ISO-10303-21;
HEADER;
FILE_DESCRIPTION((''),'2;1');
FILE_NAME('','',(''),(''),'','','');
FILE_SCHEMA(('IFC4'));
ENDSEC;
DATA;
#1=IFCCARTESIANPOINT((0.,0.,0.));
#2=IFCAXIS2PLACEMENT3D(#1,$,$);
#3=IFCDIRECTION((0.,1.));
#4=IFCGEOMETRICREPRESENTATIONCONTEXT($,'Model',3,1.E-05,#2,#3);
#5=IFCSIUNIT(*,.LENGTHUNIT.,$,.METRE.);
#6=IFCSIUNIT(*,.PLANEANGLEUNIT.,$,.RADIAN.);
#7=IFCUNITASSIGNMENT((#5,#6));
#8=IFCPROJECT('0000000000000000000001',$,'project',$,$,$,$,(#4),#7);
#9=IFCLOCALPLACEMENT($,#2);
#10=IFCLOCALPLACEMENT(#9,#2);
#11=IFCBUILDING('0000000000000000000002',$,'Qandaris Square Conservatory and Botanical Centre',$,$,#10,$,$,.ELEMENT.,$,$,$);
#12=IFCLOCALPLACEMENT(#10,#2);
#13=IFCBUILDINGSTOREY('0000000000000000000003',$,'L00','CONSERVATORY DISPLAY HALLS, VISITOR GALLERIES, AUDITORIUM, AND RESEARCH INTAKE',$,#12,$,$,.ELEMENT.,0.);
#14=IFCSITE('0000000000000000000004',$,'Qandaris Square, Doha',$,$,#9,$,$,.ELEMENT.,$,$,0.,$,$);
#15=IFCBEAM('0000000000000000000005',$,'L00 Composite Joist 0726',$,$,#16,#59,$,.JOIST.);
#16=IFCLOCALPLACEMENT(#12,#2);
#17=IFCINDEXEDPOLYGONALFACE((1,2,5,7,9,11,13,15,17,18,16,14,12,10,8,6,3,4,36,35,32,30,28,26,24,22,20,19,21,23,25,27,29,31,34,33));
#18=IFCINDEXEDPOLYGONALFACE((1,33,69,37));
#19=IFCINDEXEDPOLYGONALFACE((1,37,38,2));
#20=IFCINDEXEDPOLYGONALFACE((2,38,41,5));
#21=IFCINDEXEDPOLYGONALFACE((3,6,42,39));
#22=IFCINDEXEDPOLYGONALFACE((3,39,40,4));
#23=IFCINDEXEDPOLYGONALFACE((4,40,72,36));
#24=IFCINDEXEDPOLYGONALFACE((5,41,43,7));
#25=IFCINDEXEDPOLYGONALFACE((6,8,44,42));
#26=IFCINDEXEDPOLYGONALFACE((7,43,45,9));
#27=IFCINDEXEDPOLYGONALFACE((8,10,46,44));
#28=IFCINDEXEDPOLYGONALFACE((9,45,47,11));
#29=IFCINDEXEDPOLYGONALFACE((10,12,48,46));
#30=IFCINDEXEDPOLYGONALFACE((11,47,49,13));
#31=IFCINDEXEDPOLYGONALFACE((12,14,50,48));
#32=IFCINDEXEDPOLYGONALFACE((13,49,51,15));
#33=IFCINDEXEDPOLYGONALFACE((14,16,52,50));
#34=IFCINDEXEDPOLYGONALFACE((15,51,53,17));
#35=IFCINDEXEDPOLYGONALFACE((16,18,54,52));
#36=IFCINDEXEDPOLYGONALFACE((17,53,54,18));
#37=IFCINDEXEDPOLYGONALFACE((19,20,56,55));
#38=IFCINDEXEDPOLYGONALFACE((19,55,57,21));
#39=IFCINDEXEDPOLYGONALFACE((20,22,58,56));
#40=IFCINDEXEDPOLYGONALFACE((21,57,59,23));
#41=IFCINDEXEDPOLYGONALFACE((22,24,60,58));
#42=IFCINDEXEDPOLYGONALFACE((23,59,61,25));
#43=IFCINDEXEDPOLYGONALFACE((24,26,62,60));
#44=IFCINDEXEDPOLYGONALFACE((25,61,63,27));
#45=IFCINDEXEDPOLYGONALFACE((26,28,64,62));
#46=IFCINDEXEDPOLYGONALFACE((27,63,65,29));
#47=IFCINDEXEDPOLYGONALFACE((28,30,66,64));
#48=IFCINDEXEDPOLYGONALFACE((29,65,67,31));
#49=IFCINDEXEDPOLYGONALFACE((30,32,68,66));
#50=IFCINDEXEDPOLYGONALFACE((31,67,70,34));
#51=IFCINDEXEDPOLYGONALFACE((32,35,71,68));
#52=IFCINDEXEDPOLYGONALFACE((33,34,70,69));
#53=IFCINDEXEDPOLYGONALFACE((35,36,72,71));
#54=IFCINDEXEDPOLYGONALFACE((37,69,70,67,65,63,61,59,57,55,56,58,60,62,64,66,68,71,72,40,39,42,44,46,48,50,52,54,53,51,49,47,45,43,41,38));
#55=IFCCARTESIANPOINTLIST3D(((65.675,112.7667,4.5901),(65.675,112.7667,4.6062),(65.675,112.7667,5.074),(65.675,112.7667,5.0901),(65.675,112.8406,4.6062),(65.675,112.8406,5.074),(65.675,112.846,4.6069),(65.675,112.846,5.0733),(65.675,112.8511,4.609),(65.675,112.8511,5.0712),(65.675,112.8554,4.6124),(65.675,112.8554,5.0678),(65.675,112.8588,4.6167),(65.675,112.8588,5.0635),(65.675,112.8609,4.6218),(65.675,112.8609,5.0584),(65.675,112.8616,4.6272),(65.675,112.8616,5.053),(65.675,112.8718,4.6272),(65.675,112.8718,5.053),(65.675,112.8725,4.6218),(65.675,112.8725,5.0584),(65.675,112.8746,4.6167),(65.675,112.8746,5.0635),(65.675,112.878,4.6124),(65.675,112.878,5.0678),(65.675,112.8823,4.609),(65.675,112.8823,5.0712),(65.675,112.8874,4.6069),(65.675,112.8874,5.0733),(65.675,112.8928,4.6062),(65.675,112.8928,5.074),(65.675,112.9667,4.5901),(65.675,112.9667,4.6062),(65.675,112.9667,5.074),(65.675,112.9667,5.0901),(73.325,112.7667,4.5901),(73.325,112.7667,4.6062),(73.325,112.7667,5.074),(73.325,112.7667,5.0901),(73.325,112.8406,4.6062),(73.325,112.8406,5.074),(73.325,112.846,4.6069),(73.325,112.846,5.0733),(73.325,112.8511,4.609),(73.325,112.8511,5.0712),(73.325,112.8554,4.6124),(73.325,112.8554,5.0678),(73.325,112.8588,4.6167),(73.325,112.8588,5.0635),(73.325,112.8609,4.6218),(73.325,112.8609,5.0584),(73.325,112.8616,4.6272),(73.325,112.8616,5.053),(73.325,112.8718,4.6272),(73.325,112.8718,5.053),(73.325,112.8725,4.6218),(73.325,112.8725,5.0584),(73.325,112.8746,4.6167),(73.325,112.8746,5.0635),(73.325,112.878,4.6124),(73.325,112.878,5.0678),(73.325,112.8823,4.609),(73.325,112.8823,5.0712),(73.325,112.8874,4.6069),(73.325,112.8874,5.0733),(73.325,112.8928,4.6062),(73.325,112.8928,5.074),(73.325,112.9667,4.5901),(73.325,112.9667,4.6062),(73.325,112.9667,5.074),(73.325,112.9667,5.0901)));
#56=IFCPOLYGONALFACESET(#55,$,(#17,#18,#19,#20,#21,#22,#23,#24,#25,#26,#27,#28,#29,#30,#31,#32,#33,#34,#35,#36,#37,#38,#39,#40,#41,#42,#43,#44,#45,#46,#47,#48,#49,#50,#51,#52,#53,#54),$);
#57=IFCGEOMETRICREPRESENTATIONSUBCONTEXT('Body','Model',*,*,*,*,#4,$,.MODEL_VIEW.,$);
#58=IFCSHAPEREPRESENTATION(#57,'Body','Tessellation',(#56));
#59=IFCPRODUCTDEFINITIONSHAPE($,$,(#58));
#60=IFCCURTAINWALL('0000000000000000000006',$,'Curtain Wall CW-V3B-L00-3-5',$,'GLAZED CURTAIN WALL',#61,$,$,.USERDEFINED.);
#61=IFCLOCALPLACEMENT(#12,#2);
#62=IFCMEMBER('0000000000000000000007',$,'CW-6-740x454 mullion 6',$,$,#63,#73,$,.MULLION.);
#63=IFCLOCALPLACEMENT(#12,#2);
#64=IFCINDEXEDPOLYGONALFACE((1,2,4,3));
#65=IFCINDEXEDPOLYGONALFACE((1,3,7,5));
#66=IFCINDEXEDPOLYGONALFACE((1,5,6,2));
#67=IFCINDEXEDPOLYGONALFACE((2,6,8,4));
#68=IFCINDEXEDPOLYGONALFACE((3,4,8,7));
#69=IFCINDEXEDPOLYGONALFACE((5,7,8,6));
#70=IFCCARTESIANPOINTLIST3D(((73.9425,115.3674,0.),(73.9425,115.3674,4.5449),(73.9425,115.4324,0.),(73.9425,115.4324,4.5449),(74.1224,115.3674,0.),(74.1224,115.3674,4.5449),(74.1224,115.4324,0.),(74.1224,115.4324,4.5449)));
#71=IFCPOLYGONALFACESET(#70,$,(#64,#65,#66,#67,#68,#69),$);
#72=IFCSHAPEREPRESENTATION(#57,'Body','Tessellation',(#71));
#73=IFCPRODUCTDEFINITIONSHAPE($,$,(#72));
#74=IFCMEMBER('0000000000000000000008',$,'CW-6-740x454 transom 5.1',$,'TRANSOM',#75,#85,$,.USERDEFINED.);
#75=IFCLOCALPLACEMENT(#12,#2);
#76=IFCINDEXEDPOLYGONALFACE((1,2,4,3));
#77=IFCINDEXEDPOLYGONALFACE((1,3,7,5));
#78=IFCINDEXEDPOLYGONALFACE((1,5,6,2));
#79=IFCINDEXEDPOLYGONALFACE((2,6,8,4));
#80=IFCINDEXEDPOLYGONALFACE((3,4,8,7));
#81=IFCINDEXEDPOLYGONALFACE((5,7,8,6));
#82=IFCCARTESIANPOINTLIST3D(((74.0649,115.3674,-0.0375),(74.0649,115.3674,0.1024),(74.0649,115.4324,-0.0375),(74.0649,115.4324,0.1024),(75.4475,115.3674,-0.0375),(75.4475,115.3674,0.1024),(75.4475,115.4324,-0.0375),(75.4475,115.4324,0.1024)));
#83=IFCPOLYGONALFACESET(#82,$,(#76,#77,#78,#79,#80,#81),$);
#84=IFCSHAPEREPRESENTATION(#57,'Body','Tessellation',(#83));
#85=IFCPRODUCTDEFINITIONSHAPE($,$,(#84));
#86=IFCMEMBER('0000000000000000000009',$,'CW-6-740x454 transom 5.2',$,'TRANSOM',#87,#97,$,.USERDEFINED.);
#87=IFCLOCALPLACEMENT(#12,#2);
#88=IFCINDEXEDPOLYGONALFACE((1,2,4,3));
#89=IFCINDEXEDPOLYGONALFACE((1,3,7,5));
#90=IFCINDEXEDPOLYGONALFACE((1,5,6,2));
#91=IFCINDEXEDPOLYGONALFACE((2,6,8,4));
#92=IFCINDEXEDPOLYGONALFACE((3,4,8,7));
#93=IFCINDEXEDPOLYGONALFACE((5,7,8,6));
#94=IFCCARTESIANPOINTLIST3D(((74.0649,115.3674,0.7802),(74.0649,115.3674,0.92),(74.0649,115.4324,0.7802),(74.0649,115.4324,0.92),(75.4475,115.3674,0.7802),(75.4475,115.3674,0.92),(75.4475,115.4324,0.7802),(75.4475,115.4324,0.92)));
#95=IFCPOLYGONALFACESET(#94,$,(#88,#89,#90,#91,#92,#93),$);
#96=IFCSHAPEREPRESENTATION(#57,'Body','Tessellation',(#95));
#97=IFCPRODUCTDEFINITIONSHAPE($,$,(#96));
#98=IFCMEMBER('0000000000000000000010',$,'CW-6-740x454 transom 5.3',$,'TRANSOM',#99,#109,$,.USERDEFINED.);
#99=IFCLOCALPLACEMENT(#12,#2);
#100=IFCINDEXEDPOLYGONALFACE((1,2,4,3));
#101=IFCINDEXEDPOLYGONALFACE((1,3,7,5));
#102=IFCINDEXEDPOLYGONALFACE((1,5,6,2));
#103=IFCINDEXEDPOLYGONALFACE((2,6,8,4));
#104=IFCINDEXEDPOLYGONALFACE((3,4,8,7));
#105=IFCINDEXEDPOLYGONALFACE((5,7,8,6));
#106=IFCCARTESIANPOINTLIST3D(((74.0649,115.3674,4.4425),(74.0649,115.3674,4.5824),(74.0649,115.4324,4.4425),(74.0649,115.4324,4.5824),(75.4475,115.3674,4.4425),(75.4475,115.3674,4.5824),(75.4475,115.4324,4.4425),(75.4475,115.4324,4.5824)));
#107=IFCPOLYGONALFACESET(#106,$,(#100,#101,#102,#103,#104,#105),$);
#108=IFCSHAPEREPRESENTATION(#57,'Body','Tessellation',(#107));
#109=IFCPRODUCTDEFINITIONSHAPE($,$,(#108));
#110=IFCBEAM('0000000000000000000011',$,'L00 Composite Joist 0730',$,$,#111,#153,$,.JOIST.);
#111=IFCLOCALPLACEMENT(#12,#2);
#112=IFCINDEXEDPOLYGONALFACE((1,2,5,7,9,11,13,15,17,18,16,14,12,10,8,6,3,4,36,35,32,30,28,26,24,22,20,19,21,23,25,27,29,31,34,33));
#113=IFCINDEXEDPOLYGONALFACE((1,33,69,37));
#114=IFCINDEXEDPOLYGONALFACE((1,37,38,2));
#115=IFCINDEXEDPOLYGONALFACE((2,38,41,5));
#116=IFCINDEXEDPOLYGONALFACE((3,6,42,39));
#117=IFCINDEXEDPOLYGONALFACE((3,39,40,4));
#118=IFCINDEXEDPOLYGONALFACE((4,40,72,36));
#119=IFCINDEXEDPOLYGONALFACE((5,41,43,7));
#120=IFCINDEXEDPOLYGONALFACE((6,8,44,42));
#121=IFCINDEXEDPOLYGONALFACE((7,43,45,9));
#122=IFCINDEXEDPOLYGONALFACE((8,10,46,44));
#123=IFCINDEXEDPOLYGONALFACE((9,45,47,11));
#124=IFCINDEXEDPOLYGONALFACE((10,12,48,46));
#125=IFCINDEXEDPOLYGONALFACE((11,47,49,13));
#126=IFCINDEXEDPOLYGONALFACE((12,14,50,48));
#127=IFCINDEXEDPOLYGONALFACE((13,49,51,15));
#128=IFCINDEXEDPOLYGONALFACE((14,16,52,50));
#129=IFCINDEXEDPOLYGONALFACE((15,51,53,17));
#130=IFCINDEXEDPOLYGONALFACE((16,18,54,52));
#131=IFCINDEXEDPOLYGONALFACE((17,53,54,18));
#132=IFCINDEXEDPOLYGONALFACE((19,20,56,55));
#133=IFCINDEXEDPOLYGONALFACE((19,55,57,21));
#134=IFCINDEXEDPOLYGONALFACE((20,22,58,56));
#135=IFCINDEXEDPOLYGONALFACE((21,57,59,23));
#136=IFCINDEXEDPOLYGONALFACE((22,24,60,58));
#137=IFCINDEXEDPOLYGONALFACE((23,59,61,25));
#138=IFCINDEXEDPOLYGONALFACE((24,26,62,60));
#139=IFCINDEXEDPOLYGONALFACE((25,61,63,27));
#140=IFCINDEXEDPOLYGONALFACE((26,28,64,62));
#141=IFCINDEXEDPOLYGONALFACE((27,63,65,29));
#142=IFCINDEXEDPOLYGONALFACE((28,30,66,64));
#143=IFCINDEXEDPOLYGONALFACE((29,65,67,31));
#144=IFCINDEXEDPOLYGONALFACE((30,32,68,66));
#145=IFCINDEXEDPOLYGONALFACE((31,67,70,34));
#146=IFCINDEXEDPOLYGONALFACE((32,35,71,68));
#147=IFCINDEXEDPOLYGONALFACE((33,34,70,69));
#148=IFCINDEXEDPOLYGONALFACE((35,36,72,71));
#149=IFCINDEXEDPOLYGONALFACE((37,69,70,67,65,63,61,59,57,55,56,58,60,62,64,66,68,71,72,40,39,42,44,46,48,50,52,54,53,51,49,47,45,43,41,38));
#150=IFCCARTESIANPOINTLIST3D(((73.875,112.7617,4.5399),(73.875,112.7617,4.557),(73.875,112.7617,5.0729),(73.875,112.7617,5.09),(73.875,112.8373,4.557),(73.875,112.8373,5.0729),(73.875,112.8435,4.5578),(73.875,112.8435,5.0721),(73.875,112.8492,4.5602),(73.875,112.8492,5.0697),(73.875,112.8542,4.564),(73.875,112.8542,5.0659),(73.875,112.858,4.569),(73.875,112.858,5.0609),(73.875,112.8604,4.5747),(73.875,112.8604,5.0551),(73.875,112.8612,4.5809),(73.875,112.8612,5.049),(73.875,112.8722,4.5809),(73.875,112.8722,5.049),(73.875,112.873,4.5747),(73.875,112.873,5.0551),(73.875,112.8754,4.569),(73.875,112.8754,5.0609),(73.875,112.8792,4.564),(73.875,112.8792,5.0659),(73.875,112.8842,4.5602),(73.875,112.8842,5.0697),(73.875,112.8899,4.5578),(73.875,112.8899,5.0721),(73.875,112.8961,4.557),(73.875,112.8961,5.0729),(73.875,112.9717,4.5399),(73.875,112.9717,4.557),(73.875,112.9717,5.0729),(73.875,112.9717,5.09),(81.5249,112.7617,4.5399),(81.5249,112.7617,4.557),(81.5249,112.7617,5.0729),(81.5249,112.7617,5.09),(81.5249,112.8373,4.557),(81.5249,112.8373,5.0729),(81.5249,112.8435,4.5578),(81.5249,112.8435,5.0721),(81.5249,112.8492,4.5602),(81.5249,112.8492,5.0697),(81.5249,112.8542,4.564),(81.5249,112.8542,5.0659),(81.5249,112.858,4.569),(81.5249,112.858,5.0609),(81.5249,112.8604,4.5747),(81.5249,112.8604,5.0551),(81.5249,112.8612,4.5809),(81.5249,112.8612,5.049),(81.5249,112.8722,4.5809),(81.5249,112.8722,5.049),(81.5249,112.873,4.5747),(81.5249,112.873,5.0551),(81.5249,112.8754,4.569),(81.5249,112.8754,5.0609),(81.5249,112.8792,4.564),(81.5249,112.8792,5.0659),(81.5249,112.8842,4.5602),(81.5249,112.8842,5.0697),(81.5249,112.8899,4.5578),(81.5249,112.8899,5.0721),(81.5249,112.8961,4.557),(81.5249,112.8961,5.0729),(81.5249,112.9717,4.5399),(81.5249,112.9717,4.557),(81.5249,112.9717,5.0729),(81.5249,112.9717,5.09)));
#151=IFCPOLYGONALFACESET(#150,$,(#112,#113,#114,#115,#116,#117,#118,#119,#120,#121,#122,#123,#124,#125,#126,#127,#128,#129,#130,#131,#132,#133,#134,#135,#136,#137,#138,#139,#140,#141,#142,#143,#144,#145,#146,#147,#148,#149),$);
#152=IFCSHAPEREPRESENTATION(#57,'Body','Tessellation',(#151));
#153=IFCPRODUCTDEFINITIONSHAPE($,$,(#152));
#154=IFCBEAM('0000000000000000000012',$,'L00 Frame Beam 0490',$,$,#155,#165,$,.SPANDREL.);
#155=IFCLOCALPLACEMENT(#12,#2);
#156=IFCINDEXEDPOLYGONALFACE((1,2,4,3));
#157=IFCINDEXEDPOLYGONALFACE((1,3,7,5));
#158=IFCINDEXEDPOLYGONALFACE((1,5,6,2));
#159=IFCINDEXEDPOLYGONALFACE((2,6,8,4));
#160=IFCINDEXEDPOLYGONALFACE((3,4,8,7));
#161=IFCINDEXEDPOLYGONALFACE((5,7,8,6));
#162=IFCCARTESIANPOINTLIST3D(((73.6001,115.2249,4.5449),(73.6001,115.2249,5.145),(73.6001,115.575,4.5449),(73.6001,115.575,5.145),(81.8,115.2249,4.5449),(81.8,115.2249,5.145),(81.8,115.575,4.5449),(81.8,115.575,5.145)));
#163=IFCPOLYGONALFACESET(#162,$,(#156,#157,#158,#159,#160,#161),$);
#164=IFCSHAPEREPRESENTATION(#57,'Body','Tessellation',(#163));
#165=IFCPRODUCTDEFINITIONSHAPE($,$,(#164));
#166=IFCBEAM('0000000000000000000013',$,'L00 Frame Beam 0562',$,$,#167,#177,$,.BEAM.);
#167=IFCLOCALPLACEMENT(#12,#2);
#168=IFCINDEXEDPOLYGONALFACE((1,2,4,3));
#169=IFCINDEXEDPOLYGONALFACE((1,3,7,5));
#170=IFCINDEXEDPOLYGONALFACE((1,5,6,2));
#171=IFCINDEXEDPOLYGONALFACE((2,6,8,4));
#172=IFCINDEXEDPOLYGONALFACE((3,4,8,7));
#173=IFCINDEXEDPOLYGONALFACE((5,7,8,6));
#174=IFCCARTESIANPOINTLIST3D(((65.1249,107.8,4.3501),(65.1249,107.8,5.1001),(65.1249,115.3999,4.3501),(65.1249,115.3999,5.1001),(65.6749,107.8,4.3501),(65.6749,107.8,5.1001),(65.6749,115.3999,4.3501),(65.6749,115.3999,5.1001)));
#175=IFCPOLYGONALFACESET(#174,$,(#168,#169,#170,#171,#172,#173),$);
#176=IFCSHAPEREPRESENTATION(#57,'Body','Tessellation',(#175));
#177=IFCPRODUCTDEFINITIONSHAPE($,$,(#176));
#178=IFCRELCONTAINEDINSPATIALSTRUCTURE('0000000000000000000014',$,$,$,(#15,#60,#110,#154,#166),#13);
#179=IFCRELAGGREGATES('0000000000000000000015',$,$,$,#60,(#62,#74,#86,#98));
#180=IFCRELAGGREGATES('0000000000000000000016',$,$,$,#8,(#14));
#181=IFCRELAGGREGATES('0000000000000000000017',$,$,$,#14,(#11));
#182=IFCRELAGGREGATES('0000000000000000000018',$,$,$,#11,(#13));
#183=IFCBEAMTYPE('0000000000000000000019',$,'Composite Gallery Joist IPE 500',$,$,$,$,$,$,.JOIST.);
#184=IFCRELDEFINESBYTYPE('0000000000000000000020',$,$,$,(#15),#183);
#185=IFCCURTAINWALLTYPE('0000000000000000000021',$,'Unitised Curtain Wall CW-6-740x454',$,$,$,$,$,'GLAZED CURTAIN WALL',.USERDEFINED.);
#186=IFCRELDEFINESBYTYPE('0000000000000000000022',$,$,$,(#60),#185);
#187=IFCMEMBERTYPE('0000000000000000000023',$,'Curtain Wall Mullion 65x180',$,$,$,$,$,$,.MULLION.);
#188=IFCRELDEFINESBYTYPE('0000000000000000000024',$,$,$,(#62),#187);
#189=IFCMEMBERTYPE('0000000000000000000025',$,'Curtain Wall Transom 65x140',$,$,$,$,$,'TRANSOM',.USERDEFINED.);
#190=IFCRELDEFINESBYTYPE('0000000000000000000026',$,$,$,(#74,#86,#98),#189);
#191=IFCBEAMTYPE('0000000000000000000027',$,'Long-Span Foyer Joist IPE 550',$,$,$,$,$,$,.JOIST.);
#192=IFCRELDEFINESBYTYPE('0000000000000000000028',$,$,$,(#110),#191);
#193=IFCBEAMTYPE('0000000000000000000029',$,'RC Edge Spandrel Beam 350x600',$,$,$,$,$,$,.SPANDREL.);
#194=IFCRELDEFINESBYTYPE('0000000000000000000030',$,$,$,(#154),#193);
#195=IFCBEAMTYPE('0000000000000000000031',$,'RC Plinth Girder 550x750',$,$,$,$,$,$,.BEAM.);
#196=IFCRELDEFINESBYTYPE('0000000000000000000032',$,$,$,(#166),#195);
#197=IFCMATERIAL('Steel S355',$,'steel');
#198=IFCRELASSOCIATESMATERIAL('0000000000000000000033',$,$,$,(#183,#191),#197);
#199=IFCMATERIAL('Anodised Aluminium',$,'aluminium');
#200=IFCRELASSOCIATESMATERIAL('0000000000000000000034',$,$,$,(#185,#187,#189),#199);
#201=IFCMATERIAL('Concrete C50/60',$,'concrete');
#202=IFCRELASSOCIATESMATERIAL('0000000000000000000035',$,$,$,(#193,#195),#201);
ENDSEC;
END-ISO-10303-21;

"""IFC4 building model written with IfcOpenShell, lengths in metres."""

from ifc_helpers import new_model, si_unit, direction, frame, origin, origin_2d, place, context, subcontext, project, spatial, rectangle, i_section, extrude, material, material_profile, profile_set, type_object, element, aggregate, save


model = new_model("IFC4")

# Units and contexts
model_context = context("Model", 3, precision=1e-05, world=origin(), true_north=direction((0.0, 1.0)))
body_context = subcontext(model_context, "Body", "Model", "MODEL_VIEW")
ifc_project = project(units=[si_unit("LENGTHUNIT", "METRE"), si_unit("PLANEANGLEUNIT", "RADIAN")], contexts=[model_context])

# Site, building, storey
site_placement = place(None, origin())
site = spatial("IfcSite", under=ifc_project, at=site_placement, Name="Qandaris Square, Doha", CompositionType="ELEMENT", RefElevation=0.0)
building_placement = place(site_placement, origin())
building = spatial("IfcBuilding", under=site, at=building_placement, Name="Qandaris Square Conservatory and Botanical Centre", CompositionType="ELEMENT")
storey_placement = place(building_placement, origin())
storey = spatial("IfcBuildingStorey", under=building, at=storey_placement, Name="L00", Description="CONSERVATORY DISPLAY HALLS, VISITOR GALLERIES, AUDITORIUM, AND RESEARCH INTAKE", CompositionType="ELEMENT", Elevation=0.0)

# Shared definitions
ifc_material_1 = material(Name="Concrete C50/60", Category="concrete")

# Beam
ifc_material_2 = material(Name="Steel S355", Category="steel")
ifc_material_profile_1 = material_profile(ifc_material_2, i_section(OverallWidth=0.2, OverallDepth=0.5, WebThickness=0.0103, FlangeThickness=0.0161, FilletRadius=0.021, at=origin_2d()), Name="IPE 500")
ifc_profile_set_1 = profile_set([ifc_material_profile_1], Name="Steel S355")
beam_type_1 = type_object("IfcBeamType", Name="Composite Gallery Joist IPE 500", PredefinedType="JOIST", material=ifc_profile_set_1)
beam_1_placement = place(storey_placement, frame((65.675, 112.8667, 4.8401), z_axis=(1.0, 0.0, 0.0), x_axis=(0.0, 1.0, 0.0)))
element("IfcBeam", 1, at=beam_1_placement, inside=storey, type_object=beam_type_1, Name="L00 Composite Joist 0726", PredefinedType="JOIST", context=body_context, shape_type="SweptSolid", body=[
    extrude(i_section(OverallWidth=0.2, OverallDepth=0.5, WebThickness=0.0103, FlangeThickness=0.0161, FilletRadius=0.021, at=origin_2d()), origin(), (0.0, 0.0, 1.0), 7.6499),
])

# Curtain wall, members
ifc_material_3 = material(Name="Anodised Aluminium", Category="aluminium")
curtain_wall_type = type_object("IfcCurtainWallType", Name="Unitised Curtain Wall CW-6-740x454", ElementType="GLAZED CURTAIN WALL", PredefinedType="USERDEFINED", material=ifc_material_3)
curtain_wall_placement = place(storey_placement, origin())
curtain_wall = element("IfcCurtainWall", 2, at=curtain_wall_placement, inside=storey, type_object=curtain_wall_type, Name="Curtain Wall CW-V3B-L00-3-5", ObjectType="GLAZED CURTAIN WALL", PredefinedType="USERDEFINED")
ifc_material_profile_2 = material_profile(ifc_material_3, rectangle(XDim=0.0649, YDim=0.1799, at=origin_2d()), Name="ALU-MUL 65x180")
ifc_profile_set_2 = profile_set([ifc_material_profile_2], Name="Anodised Aluminium")
member_type_1 = type_object("IfcMemberType", Name="Curtain Wall Mullion 65x180", PredefinedType="MULLION", material=ifc_profile_set_2)
member_1_placement = place(storey_placement, frame((74.0325, 115.3999, 0.0), z_axis=(0.0, 0.0, 1.0), x_axis=(0.0, -1.0, 0.0)))
member_1 = element("IfcMember", 3, at=member_1_placement, type_object=member_type_1, Name="CW-6-740x454 mullion 6", PredefinedType="MULLION", context=body_context, shape_type="SweptSolid", body=[
    extrude(rectangle(XDim=0.0649, YDim=0.1799, at=origin_2d()), origin(), (0.0, 0.0, 1.0), 4.5449),
])
ifc_material_profile_3 = material_profile(ifc_material_3, rectangle(XDim=0.0649, YDim=0.1399, at=origin_2d()), Name="ALU-TRN 65x140")
ifc_profile_set_3 = profile_set([ifc_material_profile_3], Name="Anodised Aluminium")
member_type_2 = type_object("IfcMemberType", Name="Curtain Wall Transom 65x140", ElementType="TRANSOM", PredefinedType="USERDEFINED", material=ifc_profile_set_3)
member_2_placement = place(storey_placement, frame((75.4475, 115.3999, 0.0325), z_axis=(-1.0, 0.0, 0.0), x_axis=(0.0, -1.0, 0.0)))
member_2 = element("IfcMember", 4, at=member_2_placement, type_object=member_type_2, Name="CW-6-740x454 transom 5.1", ObjectType="TRANSOM", PredefinedType="USERDEFINED", context=body_context, shape_type="SweptSolid", body=[
    extrude(rectangle(XDim=0.0649, YDim=0.1399, at=origin_2d()), origin(), (0.0, 0.0, 1.0), 1.3826),
])
member_3_placement = place(storey_placement, frame((75.4475, 115.3999, 0.8501), z_axis=(-1.0, 0.0, 0.0), x_axis=(0.0, -1.0, 0.0)))
member_3 = element("IfcMember", 5, at=member_3_placement, type_object=member_type_2, Name="CW-6-740x454 transom 5.2", ObjectType="TRANSOM", PredefinedType="USERDEFINED", context=body_context, shape_type="SweptSolid", body=[
    extrude(rectangle(XDim=0.0649, YDim=0.1399, at=origin_2d()), origin(), (0.0, 0.0, 1.0), 1.3826),
])
member_4_placement = place(storey_placement, frame((75.4475, 115.3999, 4.5125), z_axis=(-1.0, 0.0, 0.0), x_axis=(0.0, -1.0, 0.0)))
member_4 = element("IfcMember", 6, at=member_4_placement, type_object=member_type_2, Name="CW-6-740x454 transom 5.3", ObjectType="TRANSOM", PredefinedType="USERDEFINED", context=body_context, shape_type="SweptSolid", body=[
    extrude(rectangle(XDim=0.0649, YDim=0.1399, at=origin_2d()), origin(), (0.0, 0.0, 1.0), 1.3826),
])

# Beams
ifc_material_profile_4 = material_profile(ifc_material_2, i_section(OverallWidth=0.21, OverallDepth=0.55, WebThickness=0.011, FlangeThickness=0.0171, FilletRadius=0.0239, at=origin_2d()), Name="IPE 550")
ifc_profile_set_4 = profile_set([ifc_material_profile_4], Name="Steel S355")
beam_type_2 = type_object("IfcBeamType", Name="Long-Span Foyer Joist IPE 550", PredefinedType="JOIST", material=ifc_profile_set_4)
beam_2_placement = place(storey_placement, frame((73.875, 112.8667, 4.8149), z_axis=(1.0, 0.0, 0.0), x_axis=(0.0, 1.0, 0.0)))
element("IfcBeam", 7, at=beam_2_placement, inside=storey, type_object=beam_type_2, Name="L00 Composite Joist 0730", PredefinedType="JOIST", context=body_context, shape_type="SweptSolid", body=[
    extrude(i_section(OverallWidth=0.21, OverallDepth=0.55, WebThickness=0.011, FlangeThickness=0.0171, FilletRadius=0.0239, at=origin_2d()), origin(), (0.0, 0.0, 1.0), 7.6499),
])
ifc_material_profile_5 = material_profile(ifc_material_1, rectangle(XDim=0.3501, YDim=0.6001, at=origin_2d()), Name="RC-SP 350x600")
ifc_profile_set_5 = profile_set([ifc_material_profile_5], Name="Concrete C50/60")
beam_type_3 = type_object("IfcBeamType", Name="RC Edge Spandrel Beam 350x600", PredefinedType="SPANDREL", material=ifc_profile_set_5)
beam_3_placement = place(storey_placement, frame((73.6001, 115.3999, 4.845), z_axis=(1.0, 0.0, 0.0), x_axis=(0.0, 1.0, 0.0)))
element("IfcBeam", 8, at=beam_3_placement, inside=storey, type_object=beam_type_3, Name="L00 Frame Beam 0490", PredefinedType="SPANDREL", context=body_context, shape_type="SweptSolid", body=[
    extrude(rectangle(XDim=0.3501, YDim=0.6001, at=origin_2d()), origin(), (0.0, 0.0, 1.0), 8.2),
])
ifc_material_profile_6 = material_profile(ifc_material_1, rectangle(XDim=0.55, YDim=0.75, at=origin_2d()), Name="RC-BM 550x750")
ifc_profile_set_6 = profile_set([ifc_material_profile_6], Name="Concrete C50/60")
beam_type_4 = type_object("IfcBeamType", Name="RC Plinth Girder 550x750", PredefinedType="BEAM", material=ifc_profile_set_6)
beam_4_placement = place(storey_placement, frame((65.3999, 107.8, 4.7251), z_axis=(0.0, 1.0, 0.0), x_axis=(-1.0, 0.0, 0.0)))
element("IfcBeam", 9, at=beam_4_placement, inside=storey, type_object=beam_type_4, Name="L00 Frame Beam 0562", PredefinedType="BEAM", context=body_context, shape_type="SweptSolid", body=[
    extrude(rectangle(XDim=0.55, YDim=0.75, at=origin_2d()), origin(), (0.0, 0.0, 1.0), 7.5999),
])

aggregate(curtain_wall, [member_1, member_2, member_3, member_4])

save(model, "model.ifc")
